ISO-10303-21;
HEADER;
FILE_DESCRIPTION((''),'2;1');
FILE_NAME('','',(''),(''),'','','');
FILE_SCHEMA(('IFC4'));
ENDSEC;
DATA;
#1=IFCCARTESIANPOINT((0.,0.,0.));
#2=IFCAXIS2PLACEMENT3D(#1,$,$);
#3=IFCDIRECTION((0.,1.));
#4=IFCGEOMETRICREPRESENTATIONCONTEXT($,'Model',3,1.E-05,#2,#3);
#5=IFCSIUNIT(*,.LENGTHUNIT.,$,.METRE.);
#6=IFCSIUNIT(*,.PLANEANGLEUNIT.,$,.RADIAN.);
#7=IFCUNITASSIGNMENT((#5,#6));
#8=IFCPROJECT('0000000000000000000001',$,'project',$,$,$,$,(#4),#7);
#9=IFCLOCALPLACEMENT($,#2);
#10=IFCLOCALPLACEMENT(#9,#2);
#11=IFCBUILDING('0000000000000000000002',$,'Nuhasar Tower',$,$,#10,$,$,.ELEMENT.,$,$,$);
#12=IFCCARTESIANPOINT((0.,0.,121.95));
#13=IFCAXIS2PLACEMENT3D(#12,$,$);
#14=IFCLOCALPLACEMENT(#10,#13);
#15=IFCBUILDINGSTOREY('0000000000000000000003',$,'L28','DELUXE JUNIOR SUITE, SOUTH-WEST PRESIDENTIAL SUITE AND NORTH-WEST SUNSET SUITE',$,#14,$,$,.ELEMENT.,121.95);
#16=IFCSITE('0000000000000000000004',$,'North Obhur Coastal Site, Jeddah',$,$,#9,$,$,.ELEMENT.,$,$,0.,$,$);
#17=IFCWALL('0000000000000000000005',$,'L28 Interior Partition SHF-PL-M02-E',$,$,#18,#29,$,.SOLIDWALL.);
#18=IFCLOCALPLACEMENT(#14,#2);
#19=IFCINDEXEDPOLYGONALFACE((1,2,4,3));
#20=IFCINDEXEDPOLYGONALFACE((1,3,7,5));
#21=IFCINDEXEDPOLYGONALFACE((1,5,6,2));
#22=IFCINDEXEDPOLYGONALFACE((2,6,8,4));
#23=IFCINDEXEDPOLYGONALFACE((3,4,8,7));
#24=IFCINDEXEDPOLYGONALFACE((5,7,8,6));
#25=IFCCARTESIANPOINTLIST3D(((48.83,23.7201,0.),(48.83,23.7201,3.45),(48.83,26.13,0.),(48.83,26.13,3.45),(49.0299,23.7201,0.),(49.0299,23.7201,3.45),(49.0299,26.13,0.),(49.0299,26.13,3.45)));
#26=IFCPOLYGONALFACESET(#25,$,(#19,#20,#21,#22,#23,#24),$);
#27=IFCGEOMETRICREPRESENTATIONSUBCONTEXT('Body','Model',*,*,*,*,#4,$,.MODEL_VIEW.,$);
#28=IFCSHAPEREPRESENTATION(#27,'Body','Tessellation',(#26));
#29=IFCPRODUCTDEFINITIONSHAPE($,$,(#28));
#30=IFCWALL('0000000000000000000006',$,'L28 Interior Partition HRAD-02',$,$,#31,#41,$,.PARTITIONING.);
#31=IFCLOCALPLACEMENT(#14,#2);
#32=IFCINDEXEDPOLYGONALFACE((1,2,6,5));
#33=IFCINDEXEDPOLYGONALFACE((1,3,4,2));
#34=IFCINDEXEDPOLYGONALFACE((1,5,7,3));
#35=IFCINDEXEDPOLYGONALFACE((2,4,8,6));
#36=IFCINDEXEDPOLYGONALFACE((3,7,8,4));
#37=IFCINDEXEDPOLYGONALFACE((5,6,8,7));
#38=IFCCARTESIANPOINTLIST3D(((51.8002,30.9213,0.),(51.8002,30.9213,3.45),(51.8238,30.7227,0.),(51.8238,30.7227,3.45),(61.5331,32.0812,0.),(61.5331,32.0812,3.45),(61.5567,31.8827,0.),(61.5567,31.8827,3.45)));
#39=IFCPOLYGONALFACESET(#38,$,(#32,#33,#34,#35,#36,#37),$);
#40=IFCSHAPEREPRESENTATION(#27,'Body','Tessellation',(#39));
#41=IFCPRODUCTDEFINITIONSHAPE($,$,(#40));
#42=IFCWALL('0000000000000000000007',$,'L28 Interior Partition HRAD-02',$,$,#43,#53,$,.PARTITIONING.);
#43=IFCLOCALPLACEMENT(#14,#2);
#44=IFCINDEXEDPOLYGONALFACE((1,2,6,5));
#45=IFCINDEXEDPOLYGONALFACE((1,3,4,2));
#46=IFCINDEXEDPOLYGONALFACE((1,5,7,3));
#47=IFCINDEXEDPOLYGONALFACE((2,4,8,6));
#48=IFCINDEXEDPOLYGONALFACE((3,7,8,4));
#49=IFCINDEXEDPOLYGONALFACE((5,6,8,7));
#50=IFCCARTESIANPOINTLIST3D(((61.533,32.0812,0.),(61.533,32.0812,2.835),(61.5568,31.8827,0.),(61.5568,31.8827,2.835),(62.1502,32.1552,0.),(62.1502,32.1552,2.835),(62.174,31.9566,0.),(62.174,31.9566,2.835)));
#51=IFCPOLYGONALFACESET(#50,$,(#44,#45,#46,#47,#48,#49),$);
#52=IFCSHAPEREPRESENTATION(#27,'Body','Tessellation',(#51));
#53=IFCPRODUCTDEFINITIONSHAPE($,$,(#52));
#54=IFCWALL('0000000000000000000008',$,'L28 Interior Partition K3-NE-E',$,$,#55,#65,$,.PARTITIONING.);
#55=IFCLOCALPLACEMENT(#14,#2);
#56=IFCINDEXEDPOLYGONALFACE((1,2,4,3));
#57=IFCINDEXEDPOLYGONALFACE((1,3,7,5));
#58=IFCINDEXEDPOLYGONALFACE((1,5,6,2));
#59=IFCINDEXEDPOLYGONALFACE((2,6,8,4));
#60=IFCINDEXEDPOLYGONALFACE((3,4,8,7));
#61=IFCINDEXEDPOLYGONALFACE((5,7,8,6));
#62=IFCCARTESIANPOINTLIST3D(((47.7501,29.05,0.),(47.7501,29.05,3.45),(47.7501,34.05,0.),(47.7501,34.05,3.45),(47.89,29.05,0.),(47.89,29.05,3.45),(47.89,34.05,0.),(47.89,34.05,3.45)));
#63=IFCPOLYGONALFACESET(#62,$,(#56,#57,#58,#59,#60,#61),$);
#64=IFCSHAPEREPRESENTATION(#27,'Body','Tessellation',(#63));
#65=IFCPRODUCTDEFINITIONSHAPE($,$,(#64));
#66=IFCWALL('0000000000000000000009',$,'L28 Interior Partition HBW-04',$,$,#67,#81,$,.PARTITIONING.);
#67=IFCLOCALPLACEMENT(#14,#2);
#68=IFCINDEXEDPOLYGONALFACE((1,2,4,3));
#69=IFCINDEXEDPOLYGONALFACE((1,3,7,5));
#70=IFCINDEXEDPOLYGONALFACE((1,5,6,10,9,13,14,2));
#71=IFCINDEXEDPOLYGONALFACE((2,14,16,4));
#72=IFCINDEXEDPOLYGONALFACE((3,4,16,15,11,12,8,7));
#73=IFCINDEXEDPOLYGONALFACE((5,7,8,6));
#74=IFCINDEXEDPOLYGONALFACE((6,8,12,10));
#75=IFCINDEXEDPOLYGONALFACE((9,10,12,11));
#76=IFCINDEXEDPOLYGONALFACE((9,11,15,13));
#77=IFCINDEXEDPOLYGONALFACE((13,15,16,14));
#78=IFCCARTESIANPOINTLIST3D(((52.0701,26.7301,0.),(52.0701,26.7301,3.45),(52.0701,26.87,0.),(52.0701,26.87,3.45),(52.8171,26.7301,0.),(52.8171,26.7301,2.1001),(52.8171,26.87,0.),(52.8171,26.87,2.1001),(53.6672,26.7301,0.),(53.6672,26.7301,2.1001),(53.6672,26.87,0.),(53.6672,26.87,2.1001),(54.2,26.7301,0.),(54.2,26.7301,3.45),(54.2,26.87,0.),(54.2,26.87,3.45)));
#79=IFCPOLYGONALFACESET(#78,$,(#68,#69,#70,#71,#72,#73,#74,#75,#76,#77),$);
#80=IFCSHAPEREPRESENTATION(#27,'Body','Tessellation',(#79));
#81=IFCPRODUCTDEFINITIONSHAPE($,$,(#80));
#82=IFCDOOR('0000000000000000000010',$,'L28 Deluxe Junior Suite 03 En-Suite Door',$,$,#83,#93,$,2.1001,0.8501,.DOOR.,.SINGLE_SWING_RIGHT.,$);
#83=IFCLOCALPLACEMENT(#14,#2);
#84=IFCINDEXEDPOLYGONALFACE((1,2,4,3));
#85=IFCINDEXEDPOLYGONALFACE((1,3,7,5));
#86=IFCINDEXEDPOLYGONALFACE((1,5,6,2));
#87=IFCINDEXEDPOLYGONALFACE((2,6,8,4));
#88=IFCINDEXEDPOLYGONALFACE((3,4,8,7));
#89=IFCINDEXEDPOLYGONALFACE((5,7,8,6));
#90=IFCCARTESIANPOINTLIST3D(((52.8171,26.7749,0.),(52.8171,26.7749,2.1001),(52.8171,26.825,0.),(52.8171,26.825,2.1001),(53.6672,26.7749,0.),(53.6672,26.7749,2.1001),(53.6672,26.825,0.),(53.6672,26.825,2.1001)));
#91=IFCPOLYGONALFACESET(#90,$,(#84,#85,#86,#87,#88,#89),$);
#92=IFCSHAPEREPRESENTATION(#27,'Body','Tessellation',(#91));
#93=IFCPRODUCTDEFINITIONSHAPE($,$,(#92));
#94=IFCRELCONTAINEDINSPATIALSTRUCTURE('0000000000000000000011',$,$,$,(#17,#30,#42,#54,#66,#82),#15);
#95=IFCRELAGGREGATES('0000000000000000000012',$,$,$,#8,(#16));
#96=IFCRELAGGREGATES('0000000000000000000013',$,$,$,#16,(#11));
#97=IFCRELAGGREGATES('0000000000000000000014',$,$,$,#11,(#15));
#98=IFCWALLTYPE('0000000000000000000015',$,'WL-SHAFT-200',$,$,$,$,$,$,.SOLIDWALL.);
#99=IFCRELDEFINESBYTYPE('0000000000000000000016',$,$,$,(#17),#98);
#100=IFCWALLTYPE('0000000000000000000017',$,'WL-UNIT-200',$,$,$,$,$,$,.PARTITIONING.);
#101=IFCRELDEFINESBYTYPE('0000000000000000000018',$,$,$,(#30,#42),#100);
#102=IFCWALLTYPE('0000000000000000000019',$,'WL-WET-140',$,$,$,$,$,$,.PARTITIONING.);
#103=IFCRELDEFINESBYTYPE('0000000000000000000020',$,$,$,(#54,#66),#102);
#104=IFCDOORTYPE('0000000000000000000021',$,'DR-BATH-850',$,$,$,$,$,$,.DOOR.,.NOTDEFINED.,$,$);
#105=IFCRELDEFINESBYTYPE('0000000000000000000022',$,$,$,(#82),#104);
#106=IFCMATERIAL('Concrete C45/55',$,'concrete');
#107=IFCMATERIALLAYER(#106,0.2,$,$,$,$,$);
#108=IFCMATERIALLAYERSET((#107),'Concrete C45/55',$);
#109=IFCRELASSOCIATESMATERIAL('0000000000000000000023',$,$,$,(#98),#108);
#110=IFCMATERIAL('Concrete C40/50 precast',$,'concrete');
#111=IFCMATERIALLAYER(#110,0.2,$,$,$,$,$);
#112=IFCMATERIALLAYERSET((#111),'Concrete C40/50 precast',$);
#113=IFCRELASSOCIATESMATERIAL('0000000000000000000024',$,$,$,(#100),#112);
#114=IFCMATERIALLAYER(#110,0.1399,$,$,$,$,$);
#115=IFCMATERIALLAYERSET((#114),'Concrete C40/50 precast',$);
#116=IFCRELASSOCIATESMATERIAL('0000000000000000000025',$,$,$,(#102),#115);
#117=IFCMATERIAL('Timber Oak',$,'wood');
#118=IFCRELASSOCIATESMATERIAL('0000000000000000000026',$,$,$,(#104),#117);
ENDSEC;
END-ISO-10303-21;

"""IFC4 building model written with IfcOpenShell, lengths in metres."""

from ifc_helpers import new_model, si_unit, direction, frame, frame_2d, origin, place, context, subcontext, project, spatial, rectangle, extrude, material, layer, layer_set, type_object, element, fill, save


model = new_model("IFC4")

# Units and contexts
model_context = context("Model", 3, precision=1e-05, world=origin(), true_north=direction((0.0, 1.0)))
body_context = subcontext(model_context, "Body", "Model", "MODEL_VIEW")
ifc_project = project(units=[si_unit("LENGTHUNIT", "METRE"), si_unit("PLANEANGLEUNIT", "RADIAN")], contexts=[model_context])

# Site, building, storey
site_placement = place(None, origin())
site = spatial("IfcSite", under=ifc_project, at=site_placement, Name="North Obhur Coastal Site, Jeddah", CompositionType="ELEMENT", RefElevation=0.0)
building_placement = place(site_placement, origin())
building = spatial("IfcBuilding", under=site, at=building_placement, Name="Nuhasar Tower", CompositionType="ELEMENT")
storey_placement = place(building_placement, frame((0.0, 0.0, 121.95)))
storey = spatial("IfcBuildingStorey", under=building, at=storey_placement, Name="L28", Description="DELUXE JUNIOR SUITE, SOUTH-WEST PRESIDENTIAL SUITE AND NORTH-WEST SUNSET SUITE", CompositionType="ELEMENT", Elevation=121.95)

# Shared definitions
ifc_material_1 = material(Name="Timber Oak", Category="wood")

# Walls
ifc_material_2 = material(Name="Concrete C45/55", Category="concrete")
ifc_layer_1 = layer(ifc_material_2, 0.2)
ifc_layer_set_1 = layer_set([ifc_layer_1], Name="Concrete C45/55")
wall_type_1 = type_object("IfcWallType", Name="WL-SHAFT-200", PredefinedType="SOLIDWALL", material=ifc_layer_set_1)
wall_1_placement = place(storey_placement, frame((48.9299, 23.72, 0.0), z_axis=(0.0, 0.0, 1.0), x_axis=(0.0, 1.0, 0.0)))
element("IfcWall", 1, at=wall_1_placement, inside=storey, type_object=wall_type_1, Name="L28 Interior Partition SHF-PL-M02-E", PredefinedType="SOLIDWALL", context=body_context, shape_type="SweptSolid", body=[
    extrude(rectangle(XDim=2.4099, YDim=0.2, at=frame_2d((1.2051, 0.0))), origin(), (0.0, 0.0, 1.0), 3.45),
])
ifc_material_3 = material(Name="Concrete C40/50 precast", Category="concrete")
ifc_layer_2 = layer(ifc_material_3, 0.2)
ifc_layer_set_2 = layer_set([ifc_layer_2], Name="Concrete C40/50 precast")
wall_type_2 = type_object("IfcWallType", Name="WL-UNIT-200", PredefinedType="PARTITIONING", material=ifc_layer_set_2)
wall_2_placement = place(storey_placement, frame((51.812, 30.822, 0.0), z_axis=(0.0, 0.0, 1.0), x_axis=(0.992974, 0.118337, 0.0)))
element("IfcWall", 2, at=wall_2_placement, inside=storey, type_object=wall_type_2, Name="L28 Interior Partition HRAD-02", PredefinedType="PARTITIONING", context=body_context, shape_type="SweptSolid", body=[
    extrude(rectangle(XDim=9.8018, YDim=0.2, at=frame_2d((4.9009, 0.0))), origin(), (0.0, 0.0, 1.0), 3.45),
])
wall_3_placement = place(storey_placement, frame((61.5449, 31.9819, 0.0), z_axis=(0.0, 0.0, 1.0), x_axis=(0.992894, 0.119006, 0.0)))
element("IfcWall", 3, at=wall_3_placement, inside=storey, type_object=wall_type_2, Name="L28 Interior Partition HRAD-02", PredefinedType="PARTITIONING", context=body_context, shape_type="SweptSolid", body=[
    extrude(rectangle(XDim=0.6216, YDim=0.2, at=frame_2d((0.3108, 0.0))), origin(), (0.0, 0.0, 1.0), 2.835),
])
ifc_layer_3 = layer(ifc_material_3, 0.1399)
ifc_layer_set_3 = layer_set([ifc_layer_3], Name="Concrete C40/50 precast")
wall_type_3 = type_object("IfcWallType", Name="WL-WET-140", PredefinedType="PARTITIONING", material=ifc_layer_set_3)
wall_4_placement = place(storey_placement, frame((47.8201, 29.05, 0.0), z_axis=(0.0, 0.0, 1.0), x_axis=(0.0, 1.0, 0.0)))
element("IfcWall", 4, at=wall_4_placement, inside=storey, type_object=wall_type_3, Name="L28 Interior Partition K3-NE-E", PredefinedType="PARTITIONING", context=body_context, shape_type="SweptSolid", body=[
    extrude(rectangle(XDim=5.0, YDim=0.1399, at=frame_2d((2.5, 0.0))), origin(), (0.0, 0.0, 1.0), 3.45),
])

# Wall, opening, door
wall_5_placement = place(storey_placement, frame((52.0701, 26.8, 0.0), z_axis=(0.0, 0.0, 1.0), x_axis=(1.0, 0.0, 0.0)))
wall_5 = element("IfcWall", 5, at=wall_5_placement, inside=storey, type_object=wall_type_3, Name="L28 Interior Partition HBW-04", PredefinedType="PARTITIONING", context=body_context, shape_type="SweptSolid", body=[
    extrude(rectangle(XDim=2.1299, YDim=0.1399, at=frame_2d((1.0649, 0.0))), origin(), (0.0, 0.0, 1.0), 3.45),
])
opening_1_placement = place(wall_5_placement, frame((0.7471, 0.0, 0.0)))
opening_1 = element("IfcOpeningElement", 6, at=opening_1_placement, cuts=wall_5, PredefinedType="OPENING", context=body_context, shape_type="SweptSolid", body=[
    extrude(rectangle(XDim=0.8501, YDim=2.1001, at=frame_2d((0.425, 1.05))), frame((0.0, 0.0801, 0.0), z_axis=(0.0, -1.0, 0.0), x_axis=(1.0, 0.0, 0.0)), (0.0, 0.0, 1.0), 0.1599),
])
door_type_1 = type_object("IfcDoorType", Name="DR-BATH-850", OperationType="NOTDEFINED", PredefinedType="DOOR", material=ifc_material_1)
door_1_placement = place(opening_1_placement, origin())
door_1 = element("IfcDoor", 7, at=door_1_placement, inside=storey, type_object=door_type_1, Name="L28 Deluxe Junior Suite 03 En-Suite Door", OperationType="SINGLE_SWING_RIGHT", OverallHeight=2.1001, OverallWidth=0.8501, PredefinedType="DOOR", context=body_context, shape_type="SweptSolid", body=[
    extrude(rectangle(XDim=0.8501, YDim=2.1001, at=frame_2d((0.425, 1.05))), frame((0.0, 0.0249, 0.0), z_axis=(0.0, -1.0, 0.0), x_axis=(1.0, 0.0, 0.0)), (0.0, 0.0, 1.0), 0.05),
])
fill(opening_1, door_1)

save(model, "model.ifc")
